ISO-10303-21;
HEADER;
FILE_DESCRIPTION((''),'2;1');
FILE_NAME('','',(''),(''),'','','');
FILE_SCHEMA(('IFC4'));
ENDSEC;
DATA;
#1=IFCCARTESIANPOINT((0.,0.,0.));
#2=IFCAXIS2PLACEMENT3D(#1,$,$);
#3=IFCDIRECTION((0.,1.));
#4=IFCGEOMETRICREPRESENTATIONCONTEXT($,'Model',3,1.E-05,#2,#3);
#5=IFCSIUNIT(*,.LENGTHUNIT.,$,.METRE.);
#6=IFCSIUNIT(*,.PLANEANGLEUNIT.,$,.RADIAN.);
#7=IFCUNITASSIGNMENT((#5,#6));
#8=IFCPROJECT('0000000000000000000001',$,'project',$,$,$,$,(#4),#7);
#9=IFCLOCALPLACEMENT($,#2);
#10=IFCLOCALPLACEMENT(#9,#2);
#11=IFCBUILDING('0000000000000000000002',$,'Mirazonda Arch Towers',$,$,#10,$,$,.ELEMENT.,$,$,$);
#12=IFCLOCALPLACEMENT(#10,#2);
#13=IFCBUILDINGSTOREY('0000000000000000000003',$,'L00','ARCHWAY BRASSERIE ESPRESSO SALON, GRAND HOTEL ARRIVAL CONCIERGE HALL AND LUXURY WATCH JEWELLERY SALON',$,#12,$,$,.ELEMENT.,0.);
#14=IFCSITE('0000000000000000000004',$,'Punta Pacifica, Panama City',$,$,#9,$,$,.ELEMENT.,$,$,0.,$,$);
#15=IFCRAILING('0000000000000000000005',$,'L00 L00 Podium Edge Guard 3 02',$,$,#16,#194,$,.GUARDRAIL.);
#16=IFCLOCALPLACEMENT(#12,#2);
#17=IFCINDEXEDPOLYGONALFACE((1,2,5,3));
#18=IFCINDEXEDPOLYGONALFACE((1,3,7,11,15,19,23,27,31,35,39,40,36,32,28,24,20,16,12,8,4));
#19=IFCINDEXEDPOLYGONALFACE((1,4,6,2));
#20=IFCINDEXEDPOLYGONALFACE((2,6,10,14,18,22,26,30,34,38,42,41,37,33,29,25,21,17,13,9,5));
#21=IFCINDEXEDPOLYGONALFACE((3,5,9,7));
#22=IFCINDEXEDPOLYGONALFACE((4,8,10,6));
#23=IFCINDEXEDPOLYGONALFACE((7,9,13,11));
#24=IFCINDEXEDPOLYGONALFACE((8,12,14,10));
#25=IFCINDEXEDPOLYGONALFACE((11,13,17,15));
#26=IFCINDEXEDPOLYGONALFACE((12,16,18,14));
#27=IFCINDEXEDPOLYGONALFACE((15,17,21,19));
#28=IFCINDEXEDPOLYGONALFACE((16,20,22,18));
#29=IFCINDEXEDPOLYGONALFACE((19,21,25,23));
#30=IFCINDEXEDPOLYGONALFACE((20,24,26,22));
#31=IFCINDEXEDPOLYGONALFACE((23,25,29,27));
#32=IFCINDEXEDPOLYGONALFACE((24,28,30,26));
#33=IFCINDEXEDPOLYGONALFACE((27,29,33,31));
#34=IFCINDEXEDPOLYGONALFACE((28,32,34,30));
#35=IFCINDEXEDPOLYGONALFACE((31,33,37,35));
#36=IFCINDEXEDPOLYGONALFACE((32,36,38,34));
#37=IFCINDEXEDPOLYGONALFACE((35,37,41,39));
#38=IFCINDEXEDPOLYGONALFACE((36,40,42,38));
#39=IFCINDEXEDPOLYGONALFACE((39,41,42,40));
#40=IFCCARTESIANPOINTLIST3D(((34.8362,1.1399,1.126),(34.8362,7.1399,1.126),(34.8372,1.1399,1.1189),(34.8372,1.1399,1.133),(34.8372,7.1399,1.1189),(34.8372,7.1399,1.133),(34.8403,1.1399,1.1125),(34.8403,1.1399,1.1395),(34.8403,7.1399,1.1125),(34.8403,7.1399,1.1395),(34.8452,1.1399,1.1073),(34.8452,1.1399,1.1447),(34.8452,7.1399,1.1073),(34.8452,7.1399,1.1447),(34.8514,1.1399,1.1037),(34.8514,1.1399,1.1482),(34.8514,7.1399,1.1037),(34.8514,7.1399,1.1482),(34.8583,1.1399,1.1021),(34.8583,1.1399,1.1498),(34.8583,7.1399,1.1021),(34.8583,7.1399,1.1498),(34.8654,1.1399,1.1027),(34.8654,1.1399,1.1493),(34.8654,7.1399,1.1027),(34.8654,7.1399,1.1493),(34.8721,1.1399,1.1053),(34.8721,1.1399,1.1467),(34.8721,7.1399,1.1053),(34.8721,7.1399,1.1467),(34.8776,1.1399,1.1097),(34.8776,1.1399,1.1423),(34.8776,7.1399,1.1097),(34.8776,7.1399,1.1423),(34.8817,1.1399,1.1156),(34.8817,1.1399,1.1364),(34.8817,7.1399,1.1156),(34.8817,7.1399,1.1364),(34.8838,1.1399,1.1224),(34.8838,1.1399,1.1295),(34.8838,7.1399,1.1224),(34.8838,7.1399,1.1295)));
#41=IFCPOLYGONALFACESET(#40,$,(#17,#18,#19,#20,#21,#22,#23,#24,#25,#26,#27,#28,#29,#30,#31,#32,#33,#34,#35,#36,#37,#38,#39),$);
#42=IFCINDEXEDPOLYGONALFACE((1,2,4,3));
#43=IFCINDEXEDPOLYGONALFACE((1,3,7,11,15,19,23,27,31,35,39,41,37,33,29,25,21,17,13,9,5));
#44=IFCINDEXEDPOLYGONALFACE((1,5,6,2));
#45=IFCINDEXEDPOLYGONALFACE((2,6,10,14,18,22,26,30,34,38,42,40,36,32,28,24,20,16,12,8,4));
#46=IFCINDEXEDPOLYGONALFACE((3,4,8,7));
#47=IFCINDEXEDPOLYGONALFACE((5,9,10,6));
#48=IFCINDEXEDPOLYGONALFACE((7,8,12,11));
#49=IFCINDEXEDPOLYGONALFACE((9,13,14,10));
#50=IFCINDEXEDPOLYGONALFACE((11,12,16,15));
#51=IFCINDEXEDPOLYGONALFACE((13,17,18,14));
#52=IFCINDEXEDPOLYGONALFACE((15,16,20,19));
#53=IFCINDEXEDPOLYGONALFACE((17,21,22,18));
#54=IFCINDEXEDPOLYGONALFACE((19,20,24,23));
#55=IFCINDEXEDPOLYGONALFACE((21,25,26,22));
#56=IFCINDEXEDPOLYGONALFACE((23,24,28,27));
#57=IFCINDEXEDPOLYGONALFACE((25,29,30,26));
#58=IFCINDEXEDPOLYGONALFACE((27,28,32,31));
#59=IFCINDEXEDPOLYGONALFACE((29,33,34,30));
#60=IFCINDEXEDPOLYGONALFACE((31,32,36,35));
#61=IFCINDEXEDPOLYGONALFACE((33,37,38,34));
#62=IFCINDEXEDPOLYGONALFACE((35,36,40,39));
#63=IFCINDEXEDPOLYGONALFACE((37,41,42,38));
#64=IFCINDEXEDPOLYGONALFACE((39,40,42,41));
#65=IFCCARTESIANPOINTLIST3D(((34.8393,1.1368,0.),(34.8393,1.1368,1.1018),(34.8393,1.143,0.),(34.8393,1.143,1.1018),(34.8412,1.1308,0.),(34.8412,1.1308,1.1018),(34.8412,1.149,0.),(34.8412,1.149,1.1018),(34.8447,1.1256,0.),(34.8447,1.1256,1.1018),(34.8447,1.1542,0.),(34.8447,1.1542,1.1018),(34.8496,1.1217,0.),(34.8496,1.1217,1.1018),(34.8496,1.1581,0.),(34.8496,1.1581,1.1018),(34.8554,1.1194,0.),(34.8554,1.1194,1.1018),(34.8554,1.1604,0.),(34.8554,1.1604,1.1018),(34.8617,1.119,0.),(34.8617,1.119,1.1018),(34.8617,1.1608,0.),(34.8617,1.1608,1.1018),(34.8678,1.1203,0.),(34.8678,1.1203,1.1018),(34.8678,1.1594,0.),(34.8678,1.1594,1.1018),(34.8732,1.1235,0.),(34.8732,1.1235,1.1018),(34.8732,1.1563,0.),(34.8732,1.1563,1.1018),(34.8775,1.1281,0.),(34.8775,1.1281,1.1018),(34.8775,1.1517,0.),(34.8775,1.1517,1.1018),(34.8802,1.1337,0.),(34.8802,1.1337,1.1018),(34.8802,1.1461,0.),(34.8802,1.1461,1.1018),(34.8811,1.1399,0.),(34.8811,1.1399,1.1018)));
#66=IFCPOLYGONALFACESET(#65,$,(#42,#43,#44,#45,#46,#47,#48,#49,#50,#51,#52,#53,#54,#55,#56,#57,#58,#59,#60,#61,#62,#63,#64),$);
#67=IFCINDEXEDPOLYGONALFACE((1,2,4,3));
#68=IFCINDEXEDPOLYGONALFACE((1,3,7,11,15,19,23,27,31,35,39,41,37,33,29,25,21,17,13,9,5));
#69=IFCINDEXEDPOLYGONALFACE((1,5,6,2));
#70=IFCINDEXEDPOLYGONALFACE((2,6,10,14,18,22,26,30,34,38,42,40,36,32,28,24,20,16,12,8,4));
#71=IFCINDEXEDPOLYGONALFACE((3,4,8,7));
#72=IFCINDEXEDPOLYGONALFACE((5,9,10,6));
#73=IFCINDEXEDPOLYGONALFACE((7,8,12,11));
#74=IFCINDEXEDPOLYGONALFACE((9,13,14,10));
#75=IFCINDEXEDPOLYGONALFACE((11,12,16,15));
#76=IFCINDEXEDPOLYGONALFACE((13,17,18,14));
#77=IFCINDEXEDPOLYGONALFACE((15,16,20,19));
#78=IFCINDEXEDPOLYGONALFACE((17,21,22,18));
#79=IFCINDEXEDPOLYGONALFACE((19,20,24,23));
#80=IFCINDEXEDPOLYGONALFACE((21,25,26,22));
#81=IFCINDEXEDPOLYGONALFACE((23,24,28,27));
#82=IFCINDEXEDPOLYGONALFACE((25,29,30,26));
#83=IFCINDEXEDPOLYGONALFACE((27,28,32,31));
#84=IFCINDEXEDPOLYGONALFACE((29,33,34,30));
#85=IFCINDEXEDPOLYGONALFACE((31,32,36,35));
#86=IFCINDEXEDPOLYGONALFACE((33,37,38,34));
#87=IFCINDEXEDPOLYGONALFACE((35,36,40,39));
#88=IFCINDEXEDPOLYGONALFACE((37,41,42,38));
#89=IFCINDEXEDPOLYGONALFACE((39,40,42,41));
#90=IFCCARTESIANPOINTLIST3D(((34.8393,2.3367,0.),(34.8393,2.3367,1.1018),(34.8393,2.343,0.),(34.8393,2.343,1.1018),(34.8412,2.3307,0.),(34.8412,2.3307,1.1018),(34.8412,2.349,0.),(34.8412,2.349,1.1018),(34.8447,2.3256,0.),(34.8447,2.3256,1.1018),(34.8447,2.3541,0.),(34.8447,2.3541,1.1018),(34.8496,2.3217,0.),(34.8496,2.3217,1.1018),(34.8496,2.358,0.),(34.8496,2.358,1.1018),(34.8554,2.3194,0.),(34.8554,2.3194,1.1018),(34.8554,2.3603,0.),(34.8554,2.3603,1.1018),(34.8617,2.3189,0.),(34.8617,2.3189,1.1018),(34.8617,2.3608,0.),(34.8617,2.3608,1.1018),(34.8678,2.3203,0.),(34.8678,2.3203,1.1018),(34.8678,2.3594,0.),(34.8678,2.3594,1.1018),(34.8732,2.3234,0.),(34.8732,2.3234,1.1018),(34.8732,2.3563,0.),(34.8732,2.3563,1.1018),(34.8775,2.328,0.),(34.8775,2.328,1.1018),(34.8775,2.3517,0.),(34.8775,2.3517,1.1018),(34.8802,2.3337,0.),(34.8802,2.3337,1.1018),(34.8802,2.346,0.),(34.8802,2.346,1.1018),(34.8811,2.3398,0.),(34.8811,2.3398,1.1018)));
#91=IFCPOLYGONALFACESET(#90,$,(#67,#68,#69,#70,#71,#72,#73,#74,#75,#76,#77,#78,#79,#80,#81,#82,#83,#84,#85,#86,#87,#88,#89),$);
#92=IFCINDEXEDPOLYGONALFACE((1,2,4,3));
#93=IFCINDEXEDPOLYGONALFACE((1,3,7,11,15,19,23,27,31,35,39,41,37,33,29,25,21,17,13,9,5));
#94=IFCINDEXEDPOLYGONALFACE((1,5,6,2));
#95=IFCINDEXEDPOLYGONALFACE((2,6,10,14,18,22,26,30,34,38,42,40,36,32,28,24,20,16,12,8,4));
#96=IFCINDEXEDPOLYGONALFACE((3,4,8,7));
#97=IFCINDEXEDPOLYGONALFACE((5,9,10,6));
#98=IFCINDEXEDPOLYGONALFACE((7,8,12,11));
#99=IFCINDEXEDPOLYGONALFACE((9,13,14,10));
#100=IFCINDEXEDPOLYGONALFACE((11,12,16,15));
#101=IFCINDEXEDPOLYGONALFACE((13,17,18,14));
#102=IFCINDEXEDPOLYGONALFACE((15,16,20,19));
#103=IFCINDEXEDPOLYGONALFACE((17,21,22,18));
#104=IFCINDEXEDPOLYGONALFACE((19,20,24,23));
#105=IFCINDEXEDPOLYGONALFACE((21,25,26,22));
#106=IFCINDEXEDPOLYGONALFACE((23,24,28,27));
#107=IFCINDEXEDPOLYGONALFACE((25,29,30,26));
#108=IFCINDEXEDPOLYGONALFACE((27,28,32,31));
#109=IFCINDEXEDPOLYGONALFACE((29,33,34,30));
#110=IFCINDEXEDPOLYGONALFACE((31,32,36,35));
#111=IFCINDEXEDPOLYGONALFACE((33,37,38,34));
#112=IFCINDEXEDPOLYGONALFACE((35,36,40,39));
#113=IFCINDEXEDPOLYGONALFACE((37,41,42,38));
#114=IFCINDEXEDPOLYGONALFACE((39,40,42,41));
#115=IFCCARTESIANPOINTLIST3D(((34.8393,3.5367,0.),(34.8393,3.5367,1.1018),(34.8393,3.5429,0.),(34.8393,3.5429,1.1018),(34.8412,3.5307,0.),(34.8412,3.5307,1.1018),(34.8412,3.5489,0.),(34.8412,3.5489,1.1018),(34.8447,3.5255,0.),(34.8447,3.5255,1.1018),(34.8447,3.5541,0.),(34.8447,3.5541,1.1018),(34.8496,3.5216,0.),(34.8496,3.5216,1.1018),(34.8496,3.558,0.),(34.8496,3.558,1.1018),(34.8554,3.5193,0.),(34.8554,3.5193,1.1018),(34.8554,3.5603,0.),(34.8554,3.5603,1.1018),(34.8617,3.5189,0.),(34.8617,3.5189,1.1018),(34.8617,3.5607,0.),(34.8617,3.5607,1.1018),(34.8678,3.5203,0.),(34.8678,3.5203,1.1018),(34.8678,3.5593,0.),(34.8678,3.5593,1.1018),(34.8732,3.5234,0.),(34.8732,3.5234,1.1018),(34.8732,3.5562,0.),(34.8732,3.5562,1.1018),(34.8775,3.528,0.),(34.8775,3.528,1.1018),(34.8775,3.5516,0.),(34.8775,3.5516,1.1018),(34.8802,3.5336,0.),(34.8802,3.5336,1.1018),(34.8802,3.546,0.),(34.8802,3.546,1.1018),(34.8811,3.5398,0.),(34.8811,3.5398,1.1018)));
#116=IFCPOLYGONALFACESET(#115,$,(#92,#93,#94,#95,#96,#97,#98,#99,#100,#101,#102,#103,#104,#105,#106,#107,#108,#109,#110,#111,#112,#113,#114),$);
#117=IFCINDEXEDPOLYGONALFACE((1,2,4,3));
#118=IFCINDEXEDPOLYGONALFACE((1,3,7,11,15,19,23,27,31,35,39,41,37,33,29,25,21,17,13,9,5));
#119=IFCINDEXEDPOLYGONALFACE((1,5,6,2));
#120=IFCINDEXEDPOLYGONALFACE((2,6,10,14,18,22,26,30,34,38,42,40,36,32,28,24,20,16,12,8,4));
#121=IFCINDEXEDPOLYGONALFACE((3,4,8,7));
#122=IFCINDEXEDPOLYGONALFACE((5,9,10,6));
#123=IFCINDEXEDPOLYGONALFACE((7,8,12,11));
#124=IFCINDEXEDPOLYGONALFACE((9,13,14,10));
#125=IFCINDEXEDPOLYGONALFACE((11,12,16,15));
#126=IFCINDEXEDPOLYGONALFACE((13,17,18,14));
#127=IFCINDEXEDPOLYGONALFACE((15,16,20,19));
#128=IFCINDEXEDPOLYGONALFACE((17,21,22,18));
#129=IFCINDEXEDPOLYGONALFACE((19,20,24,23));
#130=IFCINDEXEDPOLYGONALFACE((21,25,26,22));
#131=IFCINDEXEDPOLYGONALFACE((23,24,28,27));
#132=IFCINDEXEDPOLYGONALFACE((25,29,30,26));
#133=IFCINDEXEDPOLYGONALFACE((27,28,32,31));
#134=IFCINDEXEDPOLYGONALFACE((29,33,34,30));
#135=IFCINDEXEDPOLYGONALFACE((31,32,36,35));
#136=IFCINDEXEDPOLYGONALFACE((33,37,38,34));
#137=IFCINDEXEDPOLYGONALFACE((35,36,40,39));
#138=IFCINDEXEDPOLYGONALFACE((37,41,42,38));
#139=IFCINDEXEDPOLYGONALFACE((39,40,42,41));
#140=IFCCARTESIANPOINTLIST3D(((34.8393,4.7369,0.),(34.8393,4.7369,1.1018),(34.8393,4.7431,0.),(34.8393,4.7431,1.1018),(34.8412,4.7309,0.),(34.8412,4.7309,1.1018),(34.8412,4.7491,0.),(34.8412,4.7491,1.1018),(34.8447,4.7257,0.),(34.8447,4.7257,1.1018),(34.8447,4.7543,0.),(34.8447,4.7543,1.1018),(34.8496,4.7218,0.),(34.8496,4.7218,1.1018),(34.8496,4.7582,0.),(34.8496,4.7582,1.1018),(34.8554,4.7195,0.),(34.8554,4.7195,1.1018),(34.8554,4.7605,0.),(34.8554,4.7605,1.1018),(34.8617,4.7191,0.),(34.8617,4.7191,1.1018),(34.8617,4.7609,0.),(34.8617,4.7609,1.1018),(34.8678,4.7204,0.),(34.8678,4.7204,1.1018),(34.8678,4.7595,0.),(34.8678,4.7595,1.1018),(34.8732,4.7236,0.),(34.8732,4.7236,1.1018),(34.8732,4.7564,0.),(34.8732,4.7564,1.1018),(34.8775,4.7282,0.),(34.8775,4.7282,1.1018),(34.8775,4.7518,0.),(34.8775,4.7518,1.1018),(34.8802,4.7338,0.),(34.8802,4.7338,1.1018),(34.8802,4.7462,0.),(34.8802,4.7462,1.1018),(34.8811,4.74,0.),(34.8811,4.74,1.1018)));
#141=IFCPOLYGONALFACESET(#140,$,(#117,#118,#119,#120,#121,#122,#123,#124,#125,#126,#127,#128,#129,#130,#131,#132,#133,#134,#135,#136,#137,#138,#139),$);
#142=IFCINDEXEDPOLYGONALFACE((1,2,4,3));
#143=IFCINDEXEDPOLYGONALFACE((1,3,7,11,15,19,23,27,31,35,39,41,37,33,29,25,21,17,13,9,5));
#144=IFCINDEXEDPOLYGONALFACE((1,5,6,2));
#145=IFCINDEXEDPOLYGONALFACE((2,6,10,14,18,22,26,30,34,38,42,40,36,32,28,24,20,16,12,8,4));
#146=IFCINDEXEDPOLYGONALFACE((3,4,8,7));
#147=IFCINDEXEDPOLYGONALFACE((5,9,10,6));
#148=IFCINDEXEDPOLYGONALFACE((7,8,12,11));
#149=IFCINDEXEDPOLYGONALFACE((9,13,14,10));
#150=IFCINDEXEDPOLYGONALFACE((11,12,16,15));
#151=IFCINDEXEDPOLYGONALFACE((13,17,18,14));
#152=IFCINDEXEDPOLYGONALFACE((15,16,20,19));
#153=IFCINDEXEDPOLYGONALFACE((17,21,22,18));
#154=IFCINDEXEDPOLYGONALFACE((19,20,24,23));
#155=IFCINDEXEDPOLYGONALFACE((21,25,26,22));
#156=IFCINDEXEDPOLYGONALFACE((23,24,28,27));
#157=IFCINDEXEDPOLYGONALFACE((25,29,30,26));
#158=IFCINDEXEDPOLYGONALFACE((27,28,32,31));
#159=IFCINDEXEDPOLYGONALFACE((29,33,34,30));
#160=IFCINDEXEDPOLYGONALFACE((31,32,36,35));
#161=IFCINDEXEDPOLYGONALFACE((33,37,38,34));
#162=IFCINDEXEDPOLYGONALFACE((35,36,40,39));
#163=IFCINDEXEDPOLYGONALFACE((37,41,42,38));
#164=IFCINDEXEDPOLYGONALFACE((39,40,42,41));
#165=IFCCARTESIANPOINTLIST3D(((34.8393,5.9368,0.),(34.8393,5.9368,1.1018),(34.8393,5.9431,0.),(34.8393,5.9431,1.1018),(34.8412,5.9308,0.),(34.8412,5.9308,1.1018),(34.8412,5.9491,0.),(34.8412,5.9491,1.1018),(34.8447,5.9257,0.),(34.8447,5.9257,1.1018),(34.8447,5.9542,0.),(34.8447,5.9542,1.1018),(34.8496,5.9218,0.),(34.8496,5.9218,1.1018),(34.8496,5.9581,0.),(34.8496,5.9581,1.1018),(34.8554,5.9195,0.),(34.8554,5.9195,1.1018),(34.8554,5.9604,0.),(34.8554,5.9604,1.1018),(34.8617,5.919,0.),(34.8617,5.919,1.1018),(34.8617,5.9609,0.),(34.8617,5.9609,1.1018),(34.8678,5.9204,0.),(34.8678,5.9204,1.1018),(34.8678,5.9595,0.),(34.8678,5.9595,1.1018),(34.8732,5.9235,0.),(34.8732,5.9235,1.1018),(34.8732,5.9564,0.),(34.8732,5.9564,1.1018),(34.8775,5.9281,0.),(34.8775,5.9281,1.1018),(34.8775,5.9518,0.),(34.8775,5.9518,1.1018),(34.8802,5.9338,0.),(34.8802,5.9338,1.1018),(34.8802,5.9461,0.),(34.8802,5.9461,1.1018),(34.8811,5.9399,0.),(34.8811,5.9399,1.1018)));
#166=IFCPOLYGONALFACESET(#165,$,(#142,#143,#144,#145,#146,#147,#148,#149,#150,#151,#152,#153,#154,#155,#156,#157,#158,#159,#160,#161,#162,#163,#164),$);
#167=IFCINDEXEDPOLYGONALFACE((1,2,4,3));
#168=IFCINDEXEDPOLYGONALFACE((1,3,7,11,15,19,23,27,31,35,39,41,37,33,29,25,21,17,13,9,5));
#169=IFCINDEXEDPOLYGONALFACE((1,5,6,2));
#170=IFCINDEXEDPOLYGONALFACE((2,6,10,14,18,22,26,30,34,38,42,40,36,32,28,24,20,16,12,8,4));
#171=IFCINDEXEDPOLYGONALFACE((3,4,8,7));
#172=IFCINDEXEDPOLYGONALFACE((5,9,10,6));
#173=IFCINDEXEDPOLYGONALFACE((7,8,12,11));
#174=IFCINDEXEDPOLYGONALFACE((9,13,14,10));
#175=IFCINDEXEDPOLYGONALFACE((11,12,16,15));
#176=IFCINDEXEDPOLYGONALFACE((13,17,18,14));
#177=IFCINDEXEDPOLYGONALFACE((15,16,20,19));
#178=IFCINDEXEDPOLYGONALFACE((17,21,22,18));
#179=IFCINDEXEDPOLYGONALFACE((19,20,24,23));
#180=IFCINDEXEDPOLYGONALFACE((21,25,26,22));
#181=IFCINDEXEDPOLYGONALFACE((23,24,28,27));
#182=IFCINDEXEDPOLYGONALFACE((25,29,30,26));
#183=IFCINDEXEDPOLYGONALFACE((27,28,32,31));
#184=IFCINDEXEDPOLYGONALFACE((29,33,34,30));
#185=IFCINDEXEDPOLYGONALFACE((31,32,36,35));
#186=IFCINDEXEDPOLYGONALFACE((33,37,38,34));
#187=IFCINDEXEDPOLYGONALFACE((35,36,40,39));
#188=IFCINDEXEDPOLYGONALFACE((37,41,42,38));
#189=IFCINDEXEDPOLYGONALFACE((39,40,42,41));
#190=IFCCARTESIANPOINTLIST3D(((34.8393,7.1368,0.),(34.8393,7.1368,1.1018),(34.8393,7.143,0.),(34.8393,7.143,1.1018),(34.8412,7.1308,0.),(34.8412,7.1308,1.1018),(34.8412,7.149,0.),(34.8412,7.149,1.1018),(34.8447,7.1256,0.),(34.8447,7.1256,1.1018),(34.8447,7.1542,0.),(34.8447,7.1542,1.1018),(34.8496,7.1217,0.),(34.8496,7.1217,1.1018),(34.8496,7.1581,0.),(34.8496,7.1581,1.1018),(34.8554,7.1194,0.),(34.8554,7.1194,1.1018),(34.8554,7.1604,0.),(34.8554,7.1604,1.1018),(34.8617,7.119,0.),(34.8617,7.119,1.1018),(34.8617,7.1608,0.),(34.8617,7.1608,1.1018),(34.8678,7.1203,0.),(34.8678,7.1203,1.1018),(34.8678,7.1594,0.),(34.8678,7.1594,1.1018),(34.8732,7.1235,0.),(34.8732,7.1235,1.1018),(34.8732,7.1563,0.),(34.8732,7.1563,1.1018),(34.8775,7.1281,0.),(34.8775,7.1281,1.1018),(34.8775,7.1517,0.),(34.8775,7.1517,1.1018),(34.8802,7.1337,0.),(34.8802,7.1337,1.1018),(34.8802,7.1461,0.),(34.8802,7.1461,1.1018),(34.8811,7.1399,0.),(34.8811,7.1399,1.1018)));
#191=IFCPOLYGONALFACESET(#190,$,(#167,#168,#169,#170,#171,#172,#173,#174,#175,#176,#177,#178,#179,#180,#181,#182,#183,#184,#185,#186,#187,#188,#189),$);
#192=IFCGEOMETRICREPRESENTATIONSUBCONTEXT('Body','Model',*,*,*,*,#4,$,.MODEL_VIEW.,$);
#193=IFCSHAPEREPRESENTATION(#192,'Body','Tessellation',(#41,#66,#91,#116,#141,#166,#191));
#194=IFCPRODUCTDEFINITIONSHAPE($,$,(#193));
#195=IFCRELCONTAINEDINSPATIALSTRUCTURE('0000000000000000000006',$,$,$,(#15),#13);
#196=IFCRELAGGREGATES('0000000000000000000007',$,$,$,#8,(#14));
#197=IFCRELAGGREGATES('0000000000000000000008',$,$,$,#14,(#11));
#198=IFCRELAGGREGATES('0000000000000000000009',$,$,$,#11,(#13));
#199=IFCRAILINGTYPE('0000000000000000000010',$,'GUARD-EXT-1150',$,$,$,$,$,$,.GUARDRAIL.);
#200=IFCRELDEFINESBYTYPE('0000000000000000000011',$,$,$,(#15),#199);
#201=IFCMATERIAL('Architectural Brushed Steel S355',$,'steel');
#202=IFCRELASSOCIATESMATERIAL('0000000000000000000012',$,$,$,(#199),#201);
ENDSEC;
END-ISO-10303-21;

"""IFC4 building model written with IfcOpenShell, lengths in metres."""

from ifc_helpers import new_model, si_unit, direction, frame, origin, origin_2d, place, context, subcontext, project, spatial, circle, extrude, material, type_object, element, save


model = new_model("IFC4")

# Units and contexts
model_context = context("Model", 3, precision=1e-05, world=origin(), true_north=direction((0.0, 1.0)))
body_context = subcontext(model_context, "Body", "Model", "MODEL_VIEW")
ifc_project = project(units=[si_unit("LENGTHUNIT", "METRE"), si_unit("PLANEANGLEUNIT", "RADIAN")], contexts=[model_context])

# Site, building, storey
site_placement = place(None, origin())
site = spatial("IfcSite", under=ifc_project, at=site_placement, Name="Punta Pacifica, Panama City", CompositionType="ELEMENT", RefElevation=0.0)
building_placement = place(site_placement, origin())
building = spatial("IfcBuilding", under=site, at=building_placement, Name="Mirazonda Arch Towers", CompositionType="ELEMENT")
storey_placement = place(building_placement, origin())
storey = spatial("IfcBuildingStorey", under=building, at=storey_placement, Name="L00", Description="ARCHWAY BRASSERIE ESPRESSO SALON, GRAND HOTEL ARRIVAL CONCIERGE HALL AND LUXURY WATCH JEWELLERY SALON", CompositionType="ELEMENT", Elevation=0.0)

# Shared definitions
ifc_material_1 = material(Name="Architectural Brushed Steel S355", Category="steel")

# Railing
railing_type = type_object("IfcRailingType", Name="GUARD-EXT-1150", PredefinedType="GUARDRAIL", material=ifc_material_1)
railing_1_placement = place(storey_placement, frame((34.8601, 1.1399, 0.0)))
element("IfcRailing", 1, at=railing_1_placement, inside=storey, type_object=railing_type, Name="L00 L00 Podium Edge Guard 3 02", PredefinedType="GUARDRAIL", context=body_context, shape_type="SweptSolid", body=[
    extrude(circle(Radius=0.0239, at=origin_2d()), frame((0.0, 0.0, 1.126), z_axis=(0.0, 1.0, 0.0), x_axis=(-1.0, 0.0, 0.0)), (0.0, 0.0, 1.0), 6.0),
    extrude(circle(Radius=0.021, at=origin_2d()), origin(), (0.0, 0.0, 1.0), 1.1018),
    extrude(circle(Radius=0.021, at=origin_2d()), frame((0.0, 1.2, 0.0)), (0.0, 0.0, 1.0), 1.1018),
    extrude(circle(Radius=0.021, at=origin_2d()), frame((0.0, 2.3999, 0.0)), (0.0, 0.0, 1.0), 1.1018),
    extrude(circle(Radius=0.021, at=origin_2d()), frame((0.0, 3.6001, 0.0)), (0.0, 0.0, 1.0), 1.1018),
    extrude(circle(Radius=0.021, at=origin_2d()), frame((0.0, 4.8, 0.0)), (0.0, 0.0, 1.0), 1.1018),
    extrude(circle(Radius=0.021, at=origin_2d()), frame((0.0, 6.0, 0.0)), (0.0, 0.0, 1.0), 1.1018),
])

save(model, "model.ifc")
